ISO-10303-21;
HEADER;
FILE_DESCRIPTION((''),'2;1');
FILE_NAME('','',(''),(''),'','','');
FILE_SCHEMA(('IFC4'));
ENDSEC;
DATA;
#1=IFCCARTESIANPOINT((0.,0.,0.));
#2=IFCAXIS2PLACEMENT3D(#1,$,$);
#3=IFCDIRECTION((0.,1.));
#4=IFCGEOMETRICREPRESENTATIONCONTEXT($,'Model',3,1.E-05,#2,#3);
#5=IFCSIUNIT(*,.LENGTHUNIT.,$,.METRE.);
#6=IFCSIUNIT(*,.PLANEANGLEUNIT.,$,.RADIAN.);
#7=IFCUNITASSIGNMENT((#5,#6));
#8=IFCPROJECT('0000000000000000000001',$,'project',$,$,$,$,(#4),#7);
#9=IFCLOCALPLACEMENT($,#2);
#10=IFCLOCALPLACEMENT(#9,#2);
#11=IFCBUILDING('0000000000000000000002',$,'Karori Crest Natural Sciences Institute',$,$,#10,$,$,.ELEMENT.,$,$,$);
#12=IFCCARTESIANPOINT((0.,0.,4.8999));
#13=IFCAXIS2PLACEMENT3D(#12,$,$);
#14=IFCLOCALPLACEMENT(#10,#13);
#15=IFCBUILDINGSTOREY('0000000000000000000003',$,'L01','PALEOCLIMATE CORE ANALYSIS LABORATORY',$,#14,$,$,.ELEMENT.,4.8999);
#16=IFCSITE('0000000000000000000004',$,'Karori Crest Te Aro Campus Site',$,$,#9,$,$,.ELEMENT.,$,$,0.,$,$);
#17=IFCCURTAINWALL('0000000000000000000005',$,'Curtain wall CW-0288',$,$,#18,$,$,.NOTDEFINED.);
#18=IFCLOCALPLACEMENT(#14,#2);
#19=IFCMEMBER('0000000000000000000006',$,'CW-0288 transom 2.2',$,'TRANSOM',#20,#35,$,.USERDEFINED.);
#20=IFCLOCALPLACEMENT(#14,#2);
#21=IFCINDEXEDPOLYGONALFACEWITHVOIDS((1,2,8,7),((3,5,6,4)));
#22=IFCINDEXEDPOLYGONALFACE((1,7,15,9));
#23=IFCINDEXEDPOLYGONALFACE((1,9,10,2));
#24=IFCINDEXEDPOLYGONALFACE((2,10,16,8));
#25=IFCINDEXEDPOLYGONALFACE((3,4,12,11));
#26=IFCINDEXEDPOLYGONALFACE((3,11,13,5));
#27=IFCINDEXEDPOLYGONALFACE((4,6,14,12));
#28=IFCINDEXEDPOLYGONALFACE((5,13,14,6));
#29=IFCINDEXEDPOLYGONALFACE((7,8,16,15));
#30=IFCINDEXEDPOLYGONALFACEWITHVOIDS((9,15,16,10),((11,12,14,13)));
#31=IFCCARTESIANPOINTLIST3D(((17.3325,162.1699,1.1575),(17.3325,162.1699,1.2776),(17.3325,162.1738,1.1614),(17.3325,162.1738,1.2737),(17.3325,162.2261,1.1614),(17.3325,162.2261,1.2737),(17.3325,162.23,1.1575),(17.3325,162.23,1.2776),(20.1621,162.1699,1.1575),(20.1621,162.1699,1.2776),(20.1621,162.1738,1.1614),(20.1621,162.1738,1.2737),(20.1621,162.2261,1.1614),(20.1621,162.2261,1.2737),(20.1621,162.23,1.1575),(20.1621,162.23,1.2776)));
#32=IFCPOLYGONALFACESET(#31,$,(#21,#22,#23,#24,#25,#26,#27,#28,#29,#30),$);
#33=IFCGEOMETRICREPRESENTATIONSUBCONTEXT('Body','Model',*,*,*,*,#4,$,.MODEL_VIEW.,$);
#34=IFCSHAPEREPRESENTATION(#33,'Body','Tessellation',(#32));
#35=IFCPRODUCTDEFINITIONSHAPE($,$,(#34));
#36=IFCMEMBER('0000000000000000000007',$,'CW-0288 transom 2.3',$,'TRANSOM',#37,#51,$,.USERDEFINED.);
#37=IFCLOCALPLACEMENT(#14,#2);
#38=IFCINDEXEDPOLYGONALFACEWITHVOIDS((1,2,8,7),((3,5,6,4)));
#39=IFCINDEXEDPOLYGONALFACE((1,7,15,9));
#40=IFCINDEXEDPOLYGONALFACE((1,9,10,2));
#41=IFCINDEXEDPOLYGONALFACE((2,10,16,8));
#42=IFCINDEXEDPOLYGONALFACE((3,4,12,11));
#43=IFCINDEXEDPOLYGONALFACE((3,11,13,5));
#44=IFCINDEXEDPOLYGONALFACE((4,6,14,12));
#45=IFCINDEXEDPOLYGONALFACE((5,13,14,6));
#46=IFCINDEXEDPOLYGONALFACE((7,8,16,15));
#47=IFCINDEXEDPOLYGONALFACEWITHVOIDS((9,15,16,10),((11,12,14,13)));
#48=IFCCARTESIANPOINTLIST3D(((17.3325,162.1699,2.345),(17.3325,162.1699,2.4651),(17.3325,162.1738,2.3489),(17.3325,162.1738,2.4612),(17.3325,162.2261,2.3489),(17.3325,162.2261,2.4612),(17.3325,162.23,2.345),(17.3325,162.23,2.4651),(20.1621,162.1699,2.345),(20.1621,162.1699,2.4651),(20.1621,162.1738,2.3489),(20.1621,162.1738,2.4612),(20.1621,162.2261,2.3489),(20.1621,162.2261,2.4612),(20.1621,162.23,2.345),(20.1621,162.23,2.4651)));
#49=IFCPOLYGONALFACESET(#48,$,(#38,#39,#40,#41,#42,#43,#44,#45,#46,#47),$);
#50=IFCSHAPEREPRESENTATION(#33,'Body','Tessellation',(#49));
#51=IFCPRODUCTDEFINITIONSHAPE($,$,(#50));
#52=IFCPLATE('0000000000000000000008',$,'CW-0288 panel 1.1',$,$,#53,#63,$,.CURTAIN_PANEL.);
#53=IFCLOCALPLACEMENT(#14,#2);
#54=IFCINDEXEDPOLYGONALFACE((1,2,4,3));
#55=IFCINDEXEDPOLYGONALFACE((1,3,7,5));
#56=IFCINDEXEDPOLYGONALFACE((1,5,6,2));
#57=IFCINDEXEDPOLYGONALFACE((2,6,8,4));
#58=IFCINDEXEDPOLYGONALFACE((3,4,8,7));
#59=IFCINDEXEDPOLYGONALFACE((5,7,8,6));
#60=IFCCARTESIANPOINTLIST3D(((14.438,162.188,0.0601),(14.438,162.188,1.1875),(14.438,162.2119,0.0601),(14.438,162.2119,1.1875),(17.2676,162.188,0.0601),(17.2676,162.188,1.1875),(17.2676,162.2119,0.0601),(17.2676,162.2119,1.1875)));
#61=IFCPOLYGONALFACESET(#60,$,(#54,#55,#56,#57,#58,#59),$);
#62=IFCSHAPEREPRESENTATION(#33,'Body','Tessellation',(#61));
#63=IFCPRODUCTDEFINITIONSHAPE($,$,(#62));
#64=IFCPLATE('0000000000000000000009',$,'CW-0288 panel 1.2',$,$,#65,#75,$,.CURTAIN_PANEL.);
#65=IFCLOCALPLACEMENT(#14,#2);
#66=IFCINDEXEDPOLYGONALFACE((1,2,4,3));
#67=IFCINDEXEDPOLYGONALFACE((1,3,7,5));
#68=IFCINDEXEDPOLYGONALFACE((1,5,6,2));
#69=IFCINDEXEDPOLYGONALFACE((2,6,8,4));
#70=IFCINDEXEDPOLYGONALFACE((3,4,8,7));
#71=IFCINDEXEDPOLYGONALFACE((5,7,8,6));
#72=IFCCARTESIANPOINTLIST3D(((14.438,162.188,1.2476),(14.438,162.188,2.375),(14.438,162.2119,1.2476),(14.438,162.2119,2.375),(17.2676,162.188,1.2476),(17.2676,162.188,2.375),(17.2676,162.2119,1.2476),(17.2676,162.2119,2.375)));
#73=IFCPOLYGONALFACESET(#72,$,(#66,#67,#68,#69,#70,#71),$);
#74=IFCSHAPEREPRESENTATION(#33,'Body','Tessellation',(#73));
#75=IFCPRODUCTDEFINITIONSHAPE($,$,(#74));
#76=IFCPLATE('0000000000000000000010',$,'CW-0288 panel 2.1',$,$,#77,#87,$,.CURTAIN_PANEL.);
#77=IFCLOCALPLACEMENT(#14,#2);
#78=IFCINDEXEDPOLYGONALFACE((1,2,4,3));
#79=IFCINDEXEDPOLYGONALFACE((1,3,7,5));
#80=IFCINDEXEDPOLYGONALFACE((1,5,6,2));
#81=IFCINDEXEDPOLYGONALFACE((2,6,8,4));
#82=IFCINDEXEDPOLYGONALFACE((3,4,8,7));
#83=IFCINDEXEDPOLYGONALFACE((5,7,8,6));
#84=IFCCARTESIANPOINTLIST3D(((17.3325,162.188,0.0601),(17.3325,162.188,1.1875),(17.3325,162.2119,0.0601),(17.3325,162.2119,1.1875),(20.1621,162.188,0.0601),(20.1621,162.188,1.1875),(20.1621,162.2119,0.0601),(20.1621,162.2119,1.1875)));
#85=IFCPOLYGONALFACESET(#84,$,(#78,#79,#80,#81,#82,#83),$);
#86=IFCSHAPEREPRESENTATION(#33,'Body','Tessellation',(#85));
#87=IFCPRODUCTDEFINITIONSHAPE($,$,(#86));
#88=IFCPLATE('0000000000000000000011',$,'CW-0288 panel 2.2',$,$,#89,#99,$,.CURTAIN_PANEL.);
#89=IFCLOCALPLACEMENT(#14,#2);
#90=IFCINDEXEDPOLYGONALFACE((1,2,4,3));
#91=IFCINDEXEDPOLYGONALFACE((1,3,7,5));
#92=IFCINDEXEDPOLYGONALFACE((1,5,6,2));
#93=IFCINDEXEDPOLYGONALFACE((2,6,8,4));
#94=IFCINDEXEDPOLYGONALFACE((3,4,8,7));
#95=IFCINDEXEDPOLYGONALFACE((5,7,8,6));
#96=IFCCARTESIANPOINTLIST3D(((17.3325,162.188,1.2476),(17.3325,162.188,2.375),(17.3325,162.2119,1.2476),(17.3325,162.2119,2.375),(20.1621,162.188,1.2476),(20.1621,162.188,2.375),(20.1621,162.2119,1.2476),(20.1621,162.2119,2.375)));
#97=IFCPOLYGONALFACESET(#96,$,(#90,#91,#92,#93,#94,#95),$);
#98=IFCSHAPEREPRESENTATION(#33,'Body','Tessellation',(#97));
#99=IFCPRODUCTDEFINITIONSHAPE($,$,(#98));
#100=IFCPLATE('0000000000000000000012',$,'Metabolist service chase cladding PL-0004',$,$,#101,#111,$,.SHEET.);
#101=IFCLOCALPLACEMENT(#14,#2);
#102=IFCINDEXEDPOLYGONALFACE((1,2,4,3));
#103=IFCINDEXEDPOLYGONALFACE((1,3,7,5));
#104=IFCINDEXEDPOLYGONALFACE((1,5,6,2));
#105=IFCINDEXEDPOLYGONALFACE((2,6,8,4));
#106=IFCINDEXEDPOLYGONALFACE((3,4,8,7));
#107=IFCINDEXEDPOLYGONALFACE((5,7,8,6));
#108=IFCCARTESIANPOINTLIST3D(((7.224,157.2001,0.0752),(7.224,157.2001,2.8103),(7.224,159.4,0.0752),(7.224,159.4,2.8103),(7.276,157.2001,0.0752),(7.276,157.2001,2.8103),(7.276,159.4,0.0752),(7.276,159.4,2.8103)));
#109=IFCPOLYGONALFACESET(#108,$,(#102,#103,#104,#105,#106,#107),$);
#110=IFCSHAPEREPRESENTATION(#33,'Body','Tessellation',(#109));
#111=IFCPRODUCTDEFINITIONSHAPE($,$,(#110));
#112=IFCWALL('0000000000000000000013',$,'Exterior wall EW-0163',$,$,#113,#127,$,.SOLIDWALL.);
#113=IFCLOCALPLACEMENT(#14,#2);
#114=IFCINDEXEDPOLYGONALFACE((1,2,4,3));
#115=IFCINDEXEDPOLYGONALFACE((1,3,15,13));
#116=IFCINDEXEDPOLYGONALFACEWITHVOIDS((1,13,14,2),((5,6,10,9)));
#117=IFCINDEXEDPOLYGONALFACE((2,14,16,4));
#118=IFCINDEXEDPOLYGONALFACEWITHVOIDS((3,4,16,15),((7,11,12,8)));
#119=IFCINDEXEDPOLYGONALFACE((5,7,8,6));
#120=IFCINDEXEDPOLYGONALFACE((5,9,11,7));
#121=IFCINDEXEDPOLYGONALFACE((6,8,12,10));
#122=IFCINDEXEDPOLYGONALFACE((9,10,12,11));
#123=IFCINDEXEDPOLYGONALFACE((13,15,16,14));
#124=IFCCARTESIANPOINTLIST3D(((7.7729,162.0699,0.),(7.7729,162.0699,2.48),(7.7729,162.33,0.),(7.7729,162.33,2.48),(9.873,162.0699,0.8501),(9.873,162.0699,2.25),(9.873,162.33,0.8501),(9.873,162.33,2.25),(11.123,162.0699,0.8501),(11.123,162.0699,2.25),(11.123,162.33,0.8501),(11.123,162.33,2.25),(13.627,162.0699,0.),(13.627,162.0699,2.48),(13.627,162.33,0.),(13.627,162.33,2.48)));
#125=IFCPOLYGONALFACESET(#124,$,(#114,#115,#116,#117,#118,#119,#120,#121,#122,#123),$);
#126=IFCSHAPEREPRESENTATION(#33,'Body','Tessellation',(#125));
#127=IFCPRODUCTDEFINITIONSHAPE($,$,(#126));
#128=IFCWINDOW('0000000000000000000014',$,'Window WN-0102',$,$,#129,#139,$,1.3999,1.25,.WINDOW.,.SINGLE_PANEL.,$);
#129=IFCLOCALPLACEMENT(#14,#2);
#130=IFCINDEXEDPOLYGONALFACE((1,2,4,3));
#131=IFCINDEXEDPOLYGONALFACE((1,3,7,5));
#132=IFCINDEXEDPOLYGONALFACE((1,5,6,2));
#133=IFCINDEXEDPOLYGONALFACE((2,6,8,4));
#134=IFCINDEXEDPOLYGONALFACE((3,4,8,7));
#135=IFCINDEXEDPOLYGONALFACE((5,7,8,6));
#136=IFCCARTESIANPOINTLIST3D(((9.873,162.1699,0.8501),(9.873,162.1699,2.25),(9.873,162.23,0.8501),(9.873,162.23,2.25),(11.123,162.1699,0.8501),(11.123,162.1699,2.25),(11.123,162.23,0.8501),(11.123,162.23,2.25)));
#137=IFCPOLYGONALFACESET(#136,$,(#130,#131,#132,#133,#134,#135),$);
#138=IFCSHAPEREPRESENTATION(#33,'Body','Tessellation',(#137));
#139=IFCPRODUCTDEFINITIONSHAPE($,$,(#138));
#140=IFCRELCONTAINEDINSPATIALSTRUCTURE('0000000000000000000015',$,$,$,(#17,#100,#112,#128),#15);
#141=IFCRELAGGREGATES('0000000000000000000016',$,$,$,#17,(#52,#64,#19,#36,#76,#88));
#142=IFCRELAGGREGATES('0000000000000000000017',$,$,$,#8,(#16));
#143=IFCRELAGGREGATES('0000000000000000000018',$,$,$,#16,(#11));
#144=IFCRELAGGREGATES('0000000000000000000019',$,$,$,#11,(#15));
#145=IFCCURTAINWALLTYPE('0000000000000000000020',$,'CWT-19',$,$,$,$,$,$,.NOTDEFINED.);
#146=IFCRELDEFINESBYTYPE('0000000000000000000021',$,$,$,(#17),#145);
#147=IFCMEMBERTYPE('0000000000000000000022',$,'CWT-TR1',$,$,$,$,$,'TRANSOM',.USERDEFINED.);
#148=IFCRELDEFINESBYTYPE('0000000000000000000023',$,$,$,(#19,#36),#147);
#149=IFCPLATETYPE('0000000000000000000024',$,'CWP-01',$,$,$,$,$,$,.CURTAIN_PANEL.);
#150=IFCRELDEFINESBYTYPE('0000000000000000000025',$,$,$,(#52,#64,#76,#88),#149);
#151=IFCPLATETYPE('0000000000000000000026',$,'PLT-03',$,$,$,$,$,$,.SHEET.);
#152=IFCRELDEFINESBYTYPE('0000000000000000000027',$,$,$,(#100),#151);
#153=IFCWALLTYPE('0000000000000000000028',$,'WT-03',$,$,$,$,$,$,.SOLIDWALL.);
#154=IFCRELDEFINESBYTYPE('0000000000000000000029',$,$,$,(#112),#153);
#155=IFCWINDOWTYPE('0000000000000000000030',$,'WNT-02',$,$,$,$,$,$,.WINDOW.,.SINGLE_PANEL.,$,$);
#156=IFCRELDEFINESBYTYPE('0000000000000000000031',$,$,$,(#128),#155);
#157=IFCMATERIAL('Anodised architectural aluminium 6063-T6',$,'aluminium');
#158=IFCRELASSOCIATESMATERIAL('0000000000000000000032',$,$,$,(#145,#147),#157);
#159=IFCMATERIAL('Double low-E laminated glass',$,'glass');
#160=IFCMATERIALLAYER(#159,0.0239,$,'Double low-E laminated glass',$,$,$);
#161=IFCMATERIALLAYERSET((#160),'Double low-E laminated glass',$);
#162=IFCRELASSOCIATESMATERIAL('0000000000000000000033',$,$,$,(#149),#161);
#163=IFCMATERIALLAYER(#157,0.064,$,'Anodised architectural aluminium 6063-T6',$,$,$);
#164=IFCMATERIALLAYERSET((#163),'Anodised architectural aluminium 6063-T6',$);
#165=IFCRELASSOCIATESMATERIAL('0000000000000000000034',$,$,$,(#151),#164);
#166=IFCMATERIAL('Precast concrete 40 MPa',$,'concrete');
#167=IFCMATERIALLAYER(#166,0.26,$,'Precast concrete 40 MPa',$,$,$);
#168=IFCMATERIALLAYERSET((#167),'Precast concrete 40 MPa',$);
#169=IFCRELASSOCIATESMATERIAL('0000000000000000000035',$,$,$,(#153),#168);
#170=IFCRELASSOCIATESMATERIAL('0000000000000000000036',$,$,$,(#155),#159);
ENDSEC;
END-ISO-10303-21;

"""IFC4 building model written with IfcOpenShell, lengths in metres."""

from ifc_helpers import new_model, si_unit, direction, frame, frame_2d, origin, origin_2d, place, context, subcontext, project, spatial, rectangle, hollow_rectangle, extrude, material, layer, layer_set, material_profile, profile_set, type_object, element, fill, aggregate, save


model = new_model("IFC4")

# Units and contexts
model_context = context("Model", 3, precision=1e-05, world=origin(), true_north=direction((0.0, 1.0)))
body_context = subcontext(model_context, "Body", "Model", "MODEL_VIEW")
ifc_project = project(units=[si_unit("LENGTHUNIT", "METRE"), si_unit("PLANEANGLEUNIT", "RADIAN")], contexts=[model_context])

# Site, building, storey
site_placement = place(None, origin())
site = spatial("IfcSite", under=ifc_project, at=site_placement, Name="Karori Crest Te Aro Campus Site", CompositionType="ELEMENT", RefElevation=0.0)
building_placement = place(site_placement, origin())
building = spatial("IfcBuilding", under=site, at=building_placement, Name="Karori Crest Natural Sciences Institute", CompositionType="ELEMENT")
storey_placement = place(building_placement, frame((0.0, 0.0, 4.8999)))
storey = spatial("IfcBuildingStorey", under=building, at=storey_placement, Name="L01", Description="PALEOCLIMATE CORE ANALYSIS LABORATORY", CompositionType="ELEMENT", Elevation=4.8999)

# Curtain wall, members, plates
ifc_material_1 = material(Name="Anodised architectural aluminium 6063-T6", Category="aluminium")
curtain_wall_type = type_object("IfcCurtainWallType", Name="CWT-19", PredefinedType="NOTDEFINED", material=ifc_material_1)
curtain_wall_placement = place(storey_placement, origin())
curtain_wall = element("IfcCurtainWall", 1, at=curtain_wall_placement, inside=storey, type_object=curtain_wall_type, Name="Curtain wall CW-0288", PredefinedType="NOTDEFINED")
ifc_material_profile_1 = material_profile(ifc_material_1, hollow_rectangle(XDim=0.0601, YDim=0.1201, WallThickness=0.0039, at=origin_2d()), Name="CWT120x60x4")
ifc_profile_set_1 = profile_set([ifc_material_profile_1], Name="Anodised architectural aluminium 6063-T6")
member_type_1 = type_object("IfcMemberType", Name="CWT-TR1", ElementType="TRANSOM", PredefinedType="USERDEFINED", material=ifc_profile_set_1)
member_1_placement = place(storey_placement, frame((17.3325, 162.2, 1.2175), z_axis=(1.0, 0.0, 0.0), x_axis=(0.0, 1.0, 0.0)))
member_1 = element("IfcMember", 2, at=member_1_placement, type_object=member_type_1, Name="CW-0288 transom 2.2", ObjectType="TRANSOM", PredefinedType="USERDEFINED", context=body_context, shape_type="SweptSolid", body=[
    extrude(hollow_rectangle(XDim=0.0601, YDim=0.1201, WallThickness=0.0039, at=origin_2d()), origin(), (0.0, 0.0, 1.0), 2.8296),
])
member_2_placement = place(storey_placement, frame((17.3325, 162.2, 2.405), z_axis=(1.0, 0.0, 0.0), x_axis=(0.0, 1.0, 0.0)))
member_2 = element("IfcMember", 3, at=member_2_placement, type_object=member_type_1, Name="CW-0288 transom 2.3", ObjectType="TRANSOM", PredefinedType="USERDEFINED", context=body_context, shape_type="SweptSolid", body=[
    extrude(hollow_rectangle(XDim=0.0601, YDim=0.1201, WallThickness=0.0039, at=origin_2d()), origin(), (0.0, 0.0, 1.0), 2.8296),
])
ifc_material_2 = material(Name="Double low-E laminated glass", Category="glass")
ifc_layer_1 = layer(ifc_material_2, 0.0239, Name="Double low-E laminated glass")
ifc_layer_set_1 = layer_set([ifc_layer_1], Name="Double low-E laminated glass")
plate_type_1 = type_object("IfcPlateType", Name="CWP-01", PredefinedType="CURTAIN_PANEL", material=ifc_layer_set_1)
plate_1_placement = place(storey_placement, frame((15.8528, 162.2, 0.0601), z_axis=(0.0, 0.0, 1.0), x_axis=(1.0, 0.0, 0.0)))
plate_1 = element("IfcPlate", 4, at=plate_1_placement, type_object=plate_type_1, Name="CW-0288 panel 1.1", PredefinedType="CURTAIN_PANEL", context=body_context, shape_type="SweptSolid", body=[
    extrude(rectangle(XDim=2.8296, YDim=0.0239, at=origin_2d()), origin(), (0.0, 0.0, 1.0), 1.1274),
])
plate_2_placement = place(storey_placement, frame((15.8528, 162.2, 1.2476), z_axis=(0.0, 0.0, 1.0), x_axis=(1.0, 0.0, 0.0)))
plate_2 = element("IfcPlate", 5, at=plate_2_placement, type_object=plate_type_1, Name="CW-0288 panel 1.2", PredefinedType="CURTAIN_PANEL", context=body_context, shape_type="SweptSolid", body=[
    extrude(rectangle(XDim=2.8296, YDim=0.0239, at=origin_2d()), origin(), (0.0, 0.0, 1.0), 1.1274),
])
plate_3_placement = place(storey_placement, frame((18.7473, 162.2, 0.0601), z_axis=(0.0, 0.0, 1.0), x_axis=(1.0, 0.0, 0.0)))
plate_3 = element("IfcPlate", 6, at=plate_3_placement, type_object=plate_type_1, Name="CW-0288 panel 2.1", PredefinedType="CURTAIN_PANEL", context=body_context, shape_type="SweptSolid", body=[
    extrude(rectangle(XDim=2.8296, YDim=0.0239, at=origin_2d()), origin(), (0.0, 0.0, 1.0), 1.1274),
])
plate_4_placement = place(storey_placement, frame((18.7473, 162.2, 1.2476), z_axis=(0.0, 0.0, 1.0), x_axis=(1.0, 0.0, 0.0)))
plate_4 = element("IfcPlate", 7, at=plate_4_placement, type_object=plate_type_1, Name="CW-0288 panel 2.2", PredefinedType="CURTAIN_PANEL", context=body_context, shape_type="SweptSolid", body=[
    extrude(rectangle(XDim=2.8296, YDim=0.0239, at=origin_2d()), origin(), (0.0, 0.0, 1.0), 1.1274),
])
aggregate(curtain_wall, [plate_1, plate_2, member_1, member_2, plate_3, plate_4])

# Plate
ifc_layer_2 = layer(ifc_material_1, 0.064, Name="Anodised architectural aluminium 6063-T6")
ifc_layer_set_2 = layer_set([ifc_layer_2], Name="Anodised architectural aluminium 6063-T6")
plate_type_2 = type_object("IfcPlateType", Name="PLT-03", PredefinedType="SHEET", material=ifc_layer_set_2)
plate_5_placement = place(storey_placement, frame((7.25, 158.3, 0.0752), z_axis=(0.0, 0.0, 1.0), x_axis=(1.0, 0.0, 0.0)))
element("IfcPlate", 8, at=plate_5_placement, inside=storey, type_object=plate_type_2, Name="Metabolist service chase cladding PL-0004", PredefinedType="SHEET", context=body_context, shape_type="SweptSolid", body=[
    extrude(rectangle(XDim=0.052, YDim=2.2, at=origin_2d()), origin(), (0.0, 0.0, 1.0), 2.7351),
])

# Wall, opening, window
ifc_material_3 = material(Name="Precast concrete 40 MPa", Category="concrete")
ifc_layer_3 = layer(ifc_material_3, 0.26, Name="Precast concrete 40 MPa")
ifc_layer_set_3 = layer_set([ifc_layer_3], Name="Precast concrete 40 MPa")
wall_type = type_object("IfcWallType", Name="WT-03", PredefinedType="SOLIDWALL", material=ifc_layer_set_3)
wall_placement = place(storey_placement, frame((7.7729, 162.2, 0.0), z_axis=(0.0, 0.0, 1.0), x_axis=(1.0, 0.0, 0.0)))
wall = element("IfcWall", 9, at=wall_placement, inside=storey, type_object=wall_type, Name="Exterior wall EW-0163", PredefinedType="SOLIDWALL", context=body_context, shape_type="SweptSolid", body=[
    extrude(rectangle(XDim=5.854, YDim=0.26, at=frame_2d((2.927, 0.0))), origin(), (0.0, 0.0, 1.0), 2.48),
])
opening_placement = place(wall_placement, frame((2.1001, 0.0, 0.8501)))
opening = element("IfcOpeningElement", 10, at=opening_placement, cuts=wall, PredefinedType="OPENING", context=body_context, shape_type="SweptSolid", body=[
    extrude(rectangle(XDim=1.25, YDim=1.3999, at=frame_2d((0.625, 0.7))), frame((0.0, 0.1401, 0.0), z_axis=(0.0, -1.0, 0.0), x_axis=(1.0, 0.0, 0.0)), (0.0, 0.0, 1.0), 0.28),
])
window_type = type_object("IfcWindowType", Name="WNT-02", PartitioningType="SINGLE_PANEL", PredefinedType="WINDOW", material=ifc_material_2)
window_placement = place(opening_placement, origin())
window = element("IfcWindow", 11, at=window_placement, inside=storey, type_object=window_type, Name="Window WN-0102", OverallHeight=1.3999, OverallWidth=1.25, PartitioningType="SINGLE_PANEL", PredefinedType="WINDOW", context=body_context, shape_type="SweptSolid", body=[
    extrude(rectangle(XDim=1.25, YDim=1.3999, at=frame_2d((0.625, 0.7))), frame((0.0, 0.03, 0.0), z_axis=(0.0, -1.0, 0.0), x_axis=(1.0, 0.0, 0.0)), (0.0, 0.0, 1.0), 0.0601),
])
fill(opening, window)

save(model, "model.ifc")
